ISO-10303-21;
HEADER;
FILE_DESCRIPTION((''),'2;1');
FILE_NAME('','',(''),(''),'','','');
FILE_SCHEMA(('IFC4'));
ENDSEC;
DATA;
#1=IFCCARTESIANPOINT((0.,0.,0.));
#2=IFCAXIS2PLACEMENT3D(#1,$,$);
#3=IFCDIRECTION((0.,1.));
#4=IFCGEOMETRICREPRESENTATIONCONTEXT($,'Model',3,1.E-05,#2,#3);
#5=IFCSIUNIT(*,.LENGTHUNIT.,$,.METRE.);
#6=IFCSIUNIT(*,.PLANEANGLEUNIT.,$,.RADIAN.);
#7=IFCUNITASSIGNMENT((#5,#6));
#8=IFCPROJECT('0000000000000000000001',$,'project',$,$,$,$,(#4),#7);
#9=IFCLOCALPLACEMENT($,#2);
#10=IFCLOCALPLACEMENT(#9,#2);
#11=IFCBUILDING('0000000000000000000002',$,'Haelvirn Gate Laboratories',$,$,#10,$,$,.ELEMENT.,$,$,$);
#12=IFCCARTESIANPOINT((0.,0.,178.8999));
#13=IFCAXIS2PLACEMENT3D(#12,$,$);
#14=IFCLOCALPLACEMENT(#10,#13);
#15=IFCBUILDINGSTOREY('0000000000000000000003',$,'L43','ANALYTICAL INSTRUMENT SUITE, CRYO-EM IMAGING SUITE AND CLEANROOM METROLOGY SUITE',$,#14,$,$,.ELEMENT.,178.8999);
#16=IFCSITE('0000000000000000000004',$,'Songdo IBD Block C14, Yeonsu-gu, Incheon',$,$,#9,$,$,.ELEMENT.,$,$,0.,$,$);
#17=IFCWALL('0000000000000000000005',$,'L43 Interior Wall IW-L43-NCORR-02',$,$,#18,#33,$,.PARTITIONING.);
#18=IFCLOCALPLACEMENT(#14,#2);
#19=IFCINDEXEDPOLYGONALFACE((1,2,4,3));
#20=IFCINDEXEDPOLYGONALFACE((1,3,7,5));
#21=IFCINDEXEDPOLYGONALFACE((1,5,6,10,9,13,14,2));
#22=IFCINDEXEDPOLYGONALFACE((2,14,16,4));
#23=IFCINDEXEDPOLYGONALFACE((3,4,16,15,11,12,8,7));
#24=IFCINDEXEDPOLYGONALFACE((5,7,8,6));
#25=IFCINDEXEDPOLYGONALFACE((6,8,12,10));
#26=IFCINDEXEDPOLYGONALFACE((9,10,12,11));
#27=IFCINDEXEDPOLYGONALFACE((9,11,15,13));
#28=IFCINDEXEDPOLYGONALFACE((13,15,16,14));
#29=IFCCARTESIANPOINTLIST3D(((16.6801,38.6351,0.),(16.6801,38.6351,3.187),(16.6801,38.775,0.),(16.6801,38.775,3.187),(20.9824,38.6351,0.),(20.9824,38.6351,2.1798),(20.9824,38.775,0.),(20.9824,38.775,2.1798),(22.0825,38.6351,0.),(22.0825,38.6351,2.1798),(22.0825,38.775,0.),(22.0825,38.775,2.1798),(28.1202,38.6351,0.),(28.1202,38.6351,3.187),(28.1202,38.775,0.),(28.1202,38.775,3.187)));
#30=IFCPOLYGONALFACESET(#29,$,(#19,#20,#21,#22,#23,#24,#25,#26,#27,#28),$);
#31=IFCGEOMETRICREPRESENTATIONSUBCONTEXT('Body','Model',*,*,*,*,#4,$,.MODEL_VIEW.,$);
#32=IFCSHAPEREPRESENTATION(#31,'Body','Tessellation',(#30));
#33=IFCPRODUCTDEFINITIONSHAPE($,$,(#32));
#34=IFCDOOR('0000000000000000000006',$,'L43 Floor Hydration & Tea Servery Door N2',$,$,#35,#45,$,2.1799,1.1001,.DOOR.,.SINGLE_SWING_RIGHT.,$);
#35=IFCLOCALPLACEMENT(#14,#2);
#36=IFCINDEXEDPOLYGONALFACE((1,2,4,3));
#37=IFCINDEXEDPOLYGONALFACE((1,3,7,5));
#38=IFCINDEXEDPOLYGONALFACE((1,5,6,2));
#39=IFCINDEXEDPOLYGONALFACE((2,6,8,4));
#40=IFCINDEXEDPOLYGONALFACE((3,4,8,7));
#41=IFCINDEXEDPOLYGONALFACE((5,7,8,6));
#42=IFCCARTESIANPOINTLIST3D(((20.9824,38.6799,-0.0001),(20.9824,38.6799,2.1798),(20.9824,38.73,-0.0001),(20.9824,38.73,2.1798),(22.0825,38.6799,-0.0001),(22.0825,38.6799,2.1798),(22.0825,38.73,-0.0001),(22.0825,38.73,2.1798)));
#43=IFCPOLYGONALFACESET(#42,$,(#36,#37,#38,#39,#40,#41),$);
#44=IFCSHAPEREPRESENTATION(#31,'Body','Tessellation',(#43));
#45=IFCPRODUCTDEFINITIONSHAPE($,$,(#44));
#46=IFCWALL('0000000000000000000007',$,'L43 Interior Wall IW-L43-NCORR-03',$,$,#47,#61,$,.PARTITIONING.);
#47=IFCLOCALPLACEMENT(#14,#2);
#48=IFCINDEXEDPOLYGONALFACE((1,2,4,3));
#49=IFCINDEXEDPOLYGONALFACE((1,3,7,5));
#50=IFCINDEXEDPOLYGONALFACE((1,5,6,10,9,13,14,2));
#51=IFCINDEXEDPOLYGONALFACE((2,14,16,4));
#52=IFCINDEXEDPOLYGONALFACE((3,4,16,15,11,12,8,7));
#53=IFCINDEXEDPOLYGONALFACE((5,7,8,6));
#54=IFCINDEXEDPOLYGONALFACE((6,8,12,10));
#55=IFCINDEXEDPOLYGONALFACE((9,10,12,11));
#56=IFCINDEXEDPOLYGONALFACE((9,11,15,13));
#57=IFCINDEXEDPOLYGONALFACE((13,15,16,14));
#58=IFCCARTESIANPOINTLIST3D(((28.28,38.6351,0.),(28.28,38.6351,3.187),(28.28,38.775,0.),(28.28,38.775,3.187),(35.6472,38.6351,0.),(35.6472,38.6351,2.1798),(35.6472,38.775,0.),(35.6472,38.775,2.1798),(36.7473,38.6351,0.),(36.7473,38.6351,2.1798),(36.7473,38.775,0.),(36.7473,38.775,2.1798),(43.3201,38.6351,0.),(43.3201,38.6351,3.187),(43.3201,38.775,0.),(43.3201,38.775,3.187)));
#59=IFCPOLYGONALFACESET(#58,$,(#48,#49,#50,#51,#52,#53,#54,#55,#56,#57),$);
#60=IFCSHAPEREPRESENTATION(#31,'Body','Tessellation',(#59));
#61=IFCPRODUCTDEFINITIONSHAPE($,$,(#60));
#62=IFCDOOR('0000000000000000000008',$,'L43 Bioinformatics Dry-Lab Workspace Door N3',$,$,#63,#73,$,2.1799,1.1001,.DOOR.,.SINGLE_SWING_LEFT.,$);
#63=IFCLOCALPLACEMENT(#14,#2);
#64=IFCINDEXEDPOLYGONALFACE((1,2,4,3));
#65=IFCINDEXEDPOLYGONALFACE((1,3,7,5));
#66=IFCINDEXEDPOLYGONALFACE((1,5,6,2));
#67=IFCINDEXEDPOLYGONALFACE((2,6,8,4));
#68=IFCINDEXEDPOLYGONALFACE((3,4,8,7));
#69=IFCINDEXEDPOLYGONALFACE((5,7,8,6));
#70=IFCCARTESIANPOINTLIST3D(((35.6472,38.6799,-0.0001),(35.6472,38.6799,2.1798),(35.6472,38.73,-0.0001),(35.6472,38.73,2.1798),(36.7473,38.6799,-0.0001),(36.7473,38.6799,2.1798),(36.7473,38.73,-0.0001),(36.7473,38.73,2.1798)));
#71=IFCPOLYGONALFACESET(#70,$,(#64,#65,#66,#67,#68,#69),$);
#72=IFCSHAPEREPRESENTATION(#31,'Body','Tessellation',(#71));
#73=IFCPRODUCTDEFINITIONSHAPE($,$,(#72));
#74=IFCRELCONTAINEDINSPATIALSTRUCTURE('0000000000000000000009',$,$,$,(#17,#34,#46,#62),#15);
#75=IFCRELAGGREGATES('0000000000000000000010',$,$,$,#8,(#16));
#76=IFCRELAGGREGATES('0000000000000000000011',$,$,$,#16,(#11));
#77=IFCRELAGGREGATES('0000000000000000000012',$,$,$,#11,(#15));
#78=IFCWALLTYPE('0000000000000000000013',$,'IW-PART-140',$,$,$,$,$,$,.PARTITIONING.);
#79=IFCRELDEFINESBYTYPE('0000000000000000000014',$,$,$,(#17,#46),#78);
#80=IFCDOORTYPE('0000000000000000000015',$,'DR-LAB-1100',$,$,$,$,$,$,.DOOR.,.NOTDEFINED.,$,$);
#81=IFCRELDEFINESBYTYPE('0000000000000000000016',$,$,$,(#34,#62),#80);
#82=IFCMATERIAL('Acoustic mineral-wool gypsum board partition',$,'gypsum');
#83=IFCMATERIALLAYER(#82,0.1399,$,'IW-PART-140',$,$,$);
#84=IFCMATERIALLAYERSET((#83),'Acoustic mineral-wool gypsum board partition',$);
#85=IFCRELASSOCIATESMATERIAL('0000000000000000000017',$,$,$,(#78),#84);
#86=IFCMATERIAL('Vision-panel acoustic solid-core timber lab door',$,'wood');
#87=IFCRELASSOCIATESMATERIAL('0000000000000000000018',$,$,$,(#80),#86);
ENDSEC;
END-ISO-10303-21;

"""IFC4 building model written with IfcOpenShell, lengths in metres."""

from ifc_helpers import new_model, si_unit, direction, frame, frame_2d, origin, place, context, subcontext, project, spatial, rectangle, extrude, source, transform, mapped, material, layer, layer_set, type_object, type_shapes, element, fill, save


model = new_model("IFC4")

# Units and contexts
model_context = context("Model", 3, precision=1e-05, world=origin(), true_north=direction((0.0, 1.0)))
body_context = subcontext(model_context, "Body", "Model", "MODEL_VIEW")
ifc_project = project(units=[si_unit("LENGTHUNIT", "METRE"), si_unit("PLANEANGLEUNIT", "RADIAN")], contexts=[model_context])

# Site, building, storey
site_placement = place(None, origin())
site = spatial("IfcSite", under=ifc_project, at=site_placement, Name="Songdo IBD Block C14, Yeonsu-gu, Incheon", CompositionType="ELEMENT", RefElevation=0.0)
building_placement = place(site_placement, origin())
building = spatial("IfcBuilding", under=site, at=building_placement, Name="Haelvirn Gate Laboratories", CompositionType="ELEMENT")
storey_placement = place(building_placement, frame((0.0, 0.0, 178.8999)))
storey = spatial("IfcBuildingStorey", under=building, at=storey_placement, Name="L43", Description="ANALYTICAL INSTRUMENT SUITE, CRYO-EM IMAGING SUITE AND CLEANROOM METROLOGY SUITE", CompositionType="ELEMENT", Elevation=178.8999)

# Walls, openings, doors
ifc_material_1 = material(Name="Acoustic mineral-wool gypsum board partition", Category="gypsum")
ifc_layer_1 = layer(ifc_material_1, 0.1399, Name="IW-PART-140")
ifc_layer_set_1 = layer_set([ifc_layer_1], Name="Acoustic mineral-wool gypsum board partition")
wall_type_1 = type_object("IfcWallType", Name="IW-PART-140", PredefinedType="PARTITIONING", material=ifc_layer_set_1)
wall_1_placement = place(storey_placement, frame((16.6799, 38.7051, 0.0), z_axis=(0.0, 0.0, 1.0), x_axis=(1.0, 0.0, 0.0)))
wall_1 = element("IfcWall", 1, at=wall_1_placement, inside=storey, type_object=wall_type_1, Name="L43 Interior Wall IW-L43-NCORR-02", PredefinedType="PARTITIONING", context=body_context, shape_type="SweptSolid", body=[
    extrude(rectangle(XDim=11.4402, YDim=0.1399, at=frame_2d((5.7202, 0.0))), origin(), (0.0, 0.0, 1.0), 3.187),
])
opening_1_placement = place(wall_1_placement, frame((4.3025, 0.0, 0.0)))
opening_1 = element("IfcOpeningElement", 2, at=opening_1_placement, cuts=wall_1, PredefinedType="OPENING", context=body_context, shape_type="SweptSolid", body=[
    extrude(rectangle(XDim=1.1001, YDim=2.1799, at=frame_2d((0.55, 1.0898))), frame((0.0, 0.0801, 0.0), z_axis=(0.0, -1.0, 0.0), x_axis=(1.0, 0.0, 0.0)), (0.0, 0.0, 1.0), 0.1599),
])
ifc_material_2 = material(Name="Vision-panel acoustic solid-core timber lab door", Category="wood")
door_type = type_object("IfcDoorType", Name="DR-LAB-1100", OperationType="NOTDEFINED", PredefinedType="DOOR", material=ifc_material_2)
shared_shape_1 = source(origin(), body_context, "Body", "SweptSolid", [
    extrude(rectangle(XDim=1.1001, YDim=2.1799, at=frame_2d((0.55, 1.0898))), frame((0.0, 0.0249, 0.0), z_axis=(0.0, -1.0, 0.0), x_axis=(1.0, 0.0, 0.0)), (0.0, 0.0, 1.0), 0.05),
])
type_shapes(door_type, [shared_shape_1])
door_1_placement = place(opening_1_placement, origin())
door_1 = element("IfcDoor", 3, at=door_1_placement, inside=storey, type_object=door_type, Name="L43 Floor Hydration & Tea Servery Door N2", OperationType="SINGLE_SWING_RIGHT", OverallHeight=2.1799, OverallWidth=1.1001, PredefinedType="DOOR", context=body_context, shape_type="MappedRepresentation", body=[
    mapped(shared_shape_1, transform((0.0, 0.0, 0.0), scale=1.0)),
])
fill(opening_1, door_1)
wall_2_placement = place(storey_placement, frame((28.28, 38.7051, 0.0), z_axis=(0.0, 0.0, 1.0), x_axis=(1.0, 0.0, 0.0)))
wall_2 = element("IfcWall", 4, at=wall_2_placement, inside=storey, type_object=wall_type_1, Name="L43 Interior Wall IW-L43-NCORR-03", PredefinedType="PARTITIONING", context=body_context, shape_type="SweptSolid", body=[
    extrude(rectangle(XDim=15.04, YDim=0.1399, at=frame_2d((7.52, 0.0))), origin(), (0.0, 0.0, 1.0), 3.187),
])
opening_2_placement = place(wall_2_placement, frame((7.3672, 0.0, 0.0)))
opening_2 = element("IfcOpeningElement", 5, at=opening_2_placement, cuts=wall_2, PredefinedType="OPENING", context=body_context, shape_type="SweptSolid", body=[
    extrude(rectangle(XDim=1.1001, YDim=2.1799, at=frame_2d((0.55, 1.0898))), frame((0.0, 0.0801, 0.0), z_axis=(0.0, -1.0, 0.0), x_axis=(1.0, 0.0, 0.0)), (0.0, 0.0, 1.0), 0.1599),
])
door_2_placement = place(opening_2_placement, origin())
door_2 = element("IfcDoor", 6, at=door_2_placement, inside=storey, type_object=door_type, Name="L43 Bioinformatics Dry-Lab Workspace Door N3", OperationType="SINGLE_SWING_LEFT", OverallHeight=2.1799, OverallWidth=1.1001, PredefinedType="DOOR", context=body_context, shape_type="MappedRepresentation", body=[
    mapped(shared_shape_1, transform((0.0, 0.0, 0.0), scale=1.0)),
])
fill(opening_2, door_2)

save(model, "model.ifc")
